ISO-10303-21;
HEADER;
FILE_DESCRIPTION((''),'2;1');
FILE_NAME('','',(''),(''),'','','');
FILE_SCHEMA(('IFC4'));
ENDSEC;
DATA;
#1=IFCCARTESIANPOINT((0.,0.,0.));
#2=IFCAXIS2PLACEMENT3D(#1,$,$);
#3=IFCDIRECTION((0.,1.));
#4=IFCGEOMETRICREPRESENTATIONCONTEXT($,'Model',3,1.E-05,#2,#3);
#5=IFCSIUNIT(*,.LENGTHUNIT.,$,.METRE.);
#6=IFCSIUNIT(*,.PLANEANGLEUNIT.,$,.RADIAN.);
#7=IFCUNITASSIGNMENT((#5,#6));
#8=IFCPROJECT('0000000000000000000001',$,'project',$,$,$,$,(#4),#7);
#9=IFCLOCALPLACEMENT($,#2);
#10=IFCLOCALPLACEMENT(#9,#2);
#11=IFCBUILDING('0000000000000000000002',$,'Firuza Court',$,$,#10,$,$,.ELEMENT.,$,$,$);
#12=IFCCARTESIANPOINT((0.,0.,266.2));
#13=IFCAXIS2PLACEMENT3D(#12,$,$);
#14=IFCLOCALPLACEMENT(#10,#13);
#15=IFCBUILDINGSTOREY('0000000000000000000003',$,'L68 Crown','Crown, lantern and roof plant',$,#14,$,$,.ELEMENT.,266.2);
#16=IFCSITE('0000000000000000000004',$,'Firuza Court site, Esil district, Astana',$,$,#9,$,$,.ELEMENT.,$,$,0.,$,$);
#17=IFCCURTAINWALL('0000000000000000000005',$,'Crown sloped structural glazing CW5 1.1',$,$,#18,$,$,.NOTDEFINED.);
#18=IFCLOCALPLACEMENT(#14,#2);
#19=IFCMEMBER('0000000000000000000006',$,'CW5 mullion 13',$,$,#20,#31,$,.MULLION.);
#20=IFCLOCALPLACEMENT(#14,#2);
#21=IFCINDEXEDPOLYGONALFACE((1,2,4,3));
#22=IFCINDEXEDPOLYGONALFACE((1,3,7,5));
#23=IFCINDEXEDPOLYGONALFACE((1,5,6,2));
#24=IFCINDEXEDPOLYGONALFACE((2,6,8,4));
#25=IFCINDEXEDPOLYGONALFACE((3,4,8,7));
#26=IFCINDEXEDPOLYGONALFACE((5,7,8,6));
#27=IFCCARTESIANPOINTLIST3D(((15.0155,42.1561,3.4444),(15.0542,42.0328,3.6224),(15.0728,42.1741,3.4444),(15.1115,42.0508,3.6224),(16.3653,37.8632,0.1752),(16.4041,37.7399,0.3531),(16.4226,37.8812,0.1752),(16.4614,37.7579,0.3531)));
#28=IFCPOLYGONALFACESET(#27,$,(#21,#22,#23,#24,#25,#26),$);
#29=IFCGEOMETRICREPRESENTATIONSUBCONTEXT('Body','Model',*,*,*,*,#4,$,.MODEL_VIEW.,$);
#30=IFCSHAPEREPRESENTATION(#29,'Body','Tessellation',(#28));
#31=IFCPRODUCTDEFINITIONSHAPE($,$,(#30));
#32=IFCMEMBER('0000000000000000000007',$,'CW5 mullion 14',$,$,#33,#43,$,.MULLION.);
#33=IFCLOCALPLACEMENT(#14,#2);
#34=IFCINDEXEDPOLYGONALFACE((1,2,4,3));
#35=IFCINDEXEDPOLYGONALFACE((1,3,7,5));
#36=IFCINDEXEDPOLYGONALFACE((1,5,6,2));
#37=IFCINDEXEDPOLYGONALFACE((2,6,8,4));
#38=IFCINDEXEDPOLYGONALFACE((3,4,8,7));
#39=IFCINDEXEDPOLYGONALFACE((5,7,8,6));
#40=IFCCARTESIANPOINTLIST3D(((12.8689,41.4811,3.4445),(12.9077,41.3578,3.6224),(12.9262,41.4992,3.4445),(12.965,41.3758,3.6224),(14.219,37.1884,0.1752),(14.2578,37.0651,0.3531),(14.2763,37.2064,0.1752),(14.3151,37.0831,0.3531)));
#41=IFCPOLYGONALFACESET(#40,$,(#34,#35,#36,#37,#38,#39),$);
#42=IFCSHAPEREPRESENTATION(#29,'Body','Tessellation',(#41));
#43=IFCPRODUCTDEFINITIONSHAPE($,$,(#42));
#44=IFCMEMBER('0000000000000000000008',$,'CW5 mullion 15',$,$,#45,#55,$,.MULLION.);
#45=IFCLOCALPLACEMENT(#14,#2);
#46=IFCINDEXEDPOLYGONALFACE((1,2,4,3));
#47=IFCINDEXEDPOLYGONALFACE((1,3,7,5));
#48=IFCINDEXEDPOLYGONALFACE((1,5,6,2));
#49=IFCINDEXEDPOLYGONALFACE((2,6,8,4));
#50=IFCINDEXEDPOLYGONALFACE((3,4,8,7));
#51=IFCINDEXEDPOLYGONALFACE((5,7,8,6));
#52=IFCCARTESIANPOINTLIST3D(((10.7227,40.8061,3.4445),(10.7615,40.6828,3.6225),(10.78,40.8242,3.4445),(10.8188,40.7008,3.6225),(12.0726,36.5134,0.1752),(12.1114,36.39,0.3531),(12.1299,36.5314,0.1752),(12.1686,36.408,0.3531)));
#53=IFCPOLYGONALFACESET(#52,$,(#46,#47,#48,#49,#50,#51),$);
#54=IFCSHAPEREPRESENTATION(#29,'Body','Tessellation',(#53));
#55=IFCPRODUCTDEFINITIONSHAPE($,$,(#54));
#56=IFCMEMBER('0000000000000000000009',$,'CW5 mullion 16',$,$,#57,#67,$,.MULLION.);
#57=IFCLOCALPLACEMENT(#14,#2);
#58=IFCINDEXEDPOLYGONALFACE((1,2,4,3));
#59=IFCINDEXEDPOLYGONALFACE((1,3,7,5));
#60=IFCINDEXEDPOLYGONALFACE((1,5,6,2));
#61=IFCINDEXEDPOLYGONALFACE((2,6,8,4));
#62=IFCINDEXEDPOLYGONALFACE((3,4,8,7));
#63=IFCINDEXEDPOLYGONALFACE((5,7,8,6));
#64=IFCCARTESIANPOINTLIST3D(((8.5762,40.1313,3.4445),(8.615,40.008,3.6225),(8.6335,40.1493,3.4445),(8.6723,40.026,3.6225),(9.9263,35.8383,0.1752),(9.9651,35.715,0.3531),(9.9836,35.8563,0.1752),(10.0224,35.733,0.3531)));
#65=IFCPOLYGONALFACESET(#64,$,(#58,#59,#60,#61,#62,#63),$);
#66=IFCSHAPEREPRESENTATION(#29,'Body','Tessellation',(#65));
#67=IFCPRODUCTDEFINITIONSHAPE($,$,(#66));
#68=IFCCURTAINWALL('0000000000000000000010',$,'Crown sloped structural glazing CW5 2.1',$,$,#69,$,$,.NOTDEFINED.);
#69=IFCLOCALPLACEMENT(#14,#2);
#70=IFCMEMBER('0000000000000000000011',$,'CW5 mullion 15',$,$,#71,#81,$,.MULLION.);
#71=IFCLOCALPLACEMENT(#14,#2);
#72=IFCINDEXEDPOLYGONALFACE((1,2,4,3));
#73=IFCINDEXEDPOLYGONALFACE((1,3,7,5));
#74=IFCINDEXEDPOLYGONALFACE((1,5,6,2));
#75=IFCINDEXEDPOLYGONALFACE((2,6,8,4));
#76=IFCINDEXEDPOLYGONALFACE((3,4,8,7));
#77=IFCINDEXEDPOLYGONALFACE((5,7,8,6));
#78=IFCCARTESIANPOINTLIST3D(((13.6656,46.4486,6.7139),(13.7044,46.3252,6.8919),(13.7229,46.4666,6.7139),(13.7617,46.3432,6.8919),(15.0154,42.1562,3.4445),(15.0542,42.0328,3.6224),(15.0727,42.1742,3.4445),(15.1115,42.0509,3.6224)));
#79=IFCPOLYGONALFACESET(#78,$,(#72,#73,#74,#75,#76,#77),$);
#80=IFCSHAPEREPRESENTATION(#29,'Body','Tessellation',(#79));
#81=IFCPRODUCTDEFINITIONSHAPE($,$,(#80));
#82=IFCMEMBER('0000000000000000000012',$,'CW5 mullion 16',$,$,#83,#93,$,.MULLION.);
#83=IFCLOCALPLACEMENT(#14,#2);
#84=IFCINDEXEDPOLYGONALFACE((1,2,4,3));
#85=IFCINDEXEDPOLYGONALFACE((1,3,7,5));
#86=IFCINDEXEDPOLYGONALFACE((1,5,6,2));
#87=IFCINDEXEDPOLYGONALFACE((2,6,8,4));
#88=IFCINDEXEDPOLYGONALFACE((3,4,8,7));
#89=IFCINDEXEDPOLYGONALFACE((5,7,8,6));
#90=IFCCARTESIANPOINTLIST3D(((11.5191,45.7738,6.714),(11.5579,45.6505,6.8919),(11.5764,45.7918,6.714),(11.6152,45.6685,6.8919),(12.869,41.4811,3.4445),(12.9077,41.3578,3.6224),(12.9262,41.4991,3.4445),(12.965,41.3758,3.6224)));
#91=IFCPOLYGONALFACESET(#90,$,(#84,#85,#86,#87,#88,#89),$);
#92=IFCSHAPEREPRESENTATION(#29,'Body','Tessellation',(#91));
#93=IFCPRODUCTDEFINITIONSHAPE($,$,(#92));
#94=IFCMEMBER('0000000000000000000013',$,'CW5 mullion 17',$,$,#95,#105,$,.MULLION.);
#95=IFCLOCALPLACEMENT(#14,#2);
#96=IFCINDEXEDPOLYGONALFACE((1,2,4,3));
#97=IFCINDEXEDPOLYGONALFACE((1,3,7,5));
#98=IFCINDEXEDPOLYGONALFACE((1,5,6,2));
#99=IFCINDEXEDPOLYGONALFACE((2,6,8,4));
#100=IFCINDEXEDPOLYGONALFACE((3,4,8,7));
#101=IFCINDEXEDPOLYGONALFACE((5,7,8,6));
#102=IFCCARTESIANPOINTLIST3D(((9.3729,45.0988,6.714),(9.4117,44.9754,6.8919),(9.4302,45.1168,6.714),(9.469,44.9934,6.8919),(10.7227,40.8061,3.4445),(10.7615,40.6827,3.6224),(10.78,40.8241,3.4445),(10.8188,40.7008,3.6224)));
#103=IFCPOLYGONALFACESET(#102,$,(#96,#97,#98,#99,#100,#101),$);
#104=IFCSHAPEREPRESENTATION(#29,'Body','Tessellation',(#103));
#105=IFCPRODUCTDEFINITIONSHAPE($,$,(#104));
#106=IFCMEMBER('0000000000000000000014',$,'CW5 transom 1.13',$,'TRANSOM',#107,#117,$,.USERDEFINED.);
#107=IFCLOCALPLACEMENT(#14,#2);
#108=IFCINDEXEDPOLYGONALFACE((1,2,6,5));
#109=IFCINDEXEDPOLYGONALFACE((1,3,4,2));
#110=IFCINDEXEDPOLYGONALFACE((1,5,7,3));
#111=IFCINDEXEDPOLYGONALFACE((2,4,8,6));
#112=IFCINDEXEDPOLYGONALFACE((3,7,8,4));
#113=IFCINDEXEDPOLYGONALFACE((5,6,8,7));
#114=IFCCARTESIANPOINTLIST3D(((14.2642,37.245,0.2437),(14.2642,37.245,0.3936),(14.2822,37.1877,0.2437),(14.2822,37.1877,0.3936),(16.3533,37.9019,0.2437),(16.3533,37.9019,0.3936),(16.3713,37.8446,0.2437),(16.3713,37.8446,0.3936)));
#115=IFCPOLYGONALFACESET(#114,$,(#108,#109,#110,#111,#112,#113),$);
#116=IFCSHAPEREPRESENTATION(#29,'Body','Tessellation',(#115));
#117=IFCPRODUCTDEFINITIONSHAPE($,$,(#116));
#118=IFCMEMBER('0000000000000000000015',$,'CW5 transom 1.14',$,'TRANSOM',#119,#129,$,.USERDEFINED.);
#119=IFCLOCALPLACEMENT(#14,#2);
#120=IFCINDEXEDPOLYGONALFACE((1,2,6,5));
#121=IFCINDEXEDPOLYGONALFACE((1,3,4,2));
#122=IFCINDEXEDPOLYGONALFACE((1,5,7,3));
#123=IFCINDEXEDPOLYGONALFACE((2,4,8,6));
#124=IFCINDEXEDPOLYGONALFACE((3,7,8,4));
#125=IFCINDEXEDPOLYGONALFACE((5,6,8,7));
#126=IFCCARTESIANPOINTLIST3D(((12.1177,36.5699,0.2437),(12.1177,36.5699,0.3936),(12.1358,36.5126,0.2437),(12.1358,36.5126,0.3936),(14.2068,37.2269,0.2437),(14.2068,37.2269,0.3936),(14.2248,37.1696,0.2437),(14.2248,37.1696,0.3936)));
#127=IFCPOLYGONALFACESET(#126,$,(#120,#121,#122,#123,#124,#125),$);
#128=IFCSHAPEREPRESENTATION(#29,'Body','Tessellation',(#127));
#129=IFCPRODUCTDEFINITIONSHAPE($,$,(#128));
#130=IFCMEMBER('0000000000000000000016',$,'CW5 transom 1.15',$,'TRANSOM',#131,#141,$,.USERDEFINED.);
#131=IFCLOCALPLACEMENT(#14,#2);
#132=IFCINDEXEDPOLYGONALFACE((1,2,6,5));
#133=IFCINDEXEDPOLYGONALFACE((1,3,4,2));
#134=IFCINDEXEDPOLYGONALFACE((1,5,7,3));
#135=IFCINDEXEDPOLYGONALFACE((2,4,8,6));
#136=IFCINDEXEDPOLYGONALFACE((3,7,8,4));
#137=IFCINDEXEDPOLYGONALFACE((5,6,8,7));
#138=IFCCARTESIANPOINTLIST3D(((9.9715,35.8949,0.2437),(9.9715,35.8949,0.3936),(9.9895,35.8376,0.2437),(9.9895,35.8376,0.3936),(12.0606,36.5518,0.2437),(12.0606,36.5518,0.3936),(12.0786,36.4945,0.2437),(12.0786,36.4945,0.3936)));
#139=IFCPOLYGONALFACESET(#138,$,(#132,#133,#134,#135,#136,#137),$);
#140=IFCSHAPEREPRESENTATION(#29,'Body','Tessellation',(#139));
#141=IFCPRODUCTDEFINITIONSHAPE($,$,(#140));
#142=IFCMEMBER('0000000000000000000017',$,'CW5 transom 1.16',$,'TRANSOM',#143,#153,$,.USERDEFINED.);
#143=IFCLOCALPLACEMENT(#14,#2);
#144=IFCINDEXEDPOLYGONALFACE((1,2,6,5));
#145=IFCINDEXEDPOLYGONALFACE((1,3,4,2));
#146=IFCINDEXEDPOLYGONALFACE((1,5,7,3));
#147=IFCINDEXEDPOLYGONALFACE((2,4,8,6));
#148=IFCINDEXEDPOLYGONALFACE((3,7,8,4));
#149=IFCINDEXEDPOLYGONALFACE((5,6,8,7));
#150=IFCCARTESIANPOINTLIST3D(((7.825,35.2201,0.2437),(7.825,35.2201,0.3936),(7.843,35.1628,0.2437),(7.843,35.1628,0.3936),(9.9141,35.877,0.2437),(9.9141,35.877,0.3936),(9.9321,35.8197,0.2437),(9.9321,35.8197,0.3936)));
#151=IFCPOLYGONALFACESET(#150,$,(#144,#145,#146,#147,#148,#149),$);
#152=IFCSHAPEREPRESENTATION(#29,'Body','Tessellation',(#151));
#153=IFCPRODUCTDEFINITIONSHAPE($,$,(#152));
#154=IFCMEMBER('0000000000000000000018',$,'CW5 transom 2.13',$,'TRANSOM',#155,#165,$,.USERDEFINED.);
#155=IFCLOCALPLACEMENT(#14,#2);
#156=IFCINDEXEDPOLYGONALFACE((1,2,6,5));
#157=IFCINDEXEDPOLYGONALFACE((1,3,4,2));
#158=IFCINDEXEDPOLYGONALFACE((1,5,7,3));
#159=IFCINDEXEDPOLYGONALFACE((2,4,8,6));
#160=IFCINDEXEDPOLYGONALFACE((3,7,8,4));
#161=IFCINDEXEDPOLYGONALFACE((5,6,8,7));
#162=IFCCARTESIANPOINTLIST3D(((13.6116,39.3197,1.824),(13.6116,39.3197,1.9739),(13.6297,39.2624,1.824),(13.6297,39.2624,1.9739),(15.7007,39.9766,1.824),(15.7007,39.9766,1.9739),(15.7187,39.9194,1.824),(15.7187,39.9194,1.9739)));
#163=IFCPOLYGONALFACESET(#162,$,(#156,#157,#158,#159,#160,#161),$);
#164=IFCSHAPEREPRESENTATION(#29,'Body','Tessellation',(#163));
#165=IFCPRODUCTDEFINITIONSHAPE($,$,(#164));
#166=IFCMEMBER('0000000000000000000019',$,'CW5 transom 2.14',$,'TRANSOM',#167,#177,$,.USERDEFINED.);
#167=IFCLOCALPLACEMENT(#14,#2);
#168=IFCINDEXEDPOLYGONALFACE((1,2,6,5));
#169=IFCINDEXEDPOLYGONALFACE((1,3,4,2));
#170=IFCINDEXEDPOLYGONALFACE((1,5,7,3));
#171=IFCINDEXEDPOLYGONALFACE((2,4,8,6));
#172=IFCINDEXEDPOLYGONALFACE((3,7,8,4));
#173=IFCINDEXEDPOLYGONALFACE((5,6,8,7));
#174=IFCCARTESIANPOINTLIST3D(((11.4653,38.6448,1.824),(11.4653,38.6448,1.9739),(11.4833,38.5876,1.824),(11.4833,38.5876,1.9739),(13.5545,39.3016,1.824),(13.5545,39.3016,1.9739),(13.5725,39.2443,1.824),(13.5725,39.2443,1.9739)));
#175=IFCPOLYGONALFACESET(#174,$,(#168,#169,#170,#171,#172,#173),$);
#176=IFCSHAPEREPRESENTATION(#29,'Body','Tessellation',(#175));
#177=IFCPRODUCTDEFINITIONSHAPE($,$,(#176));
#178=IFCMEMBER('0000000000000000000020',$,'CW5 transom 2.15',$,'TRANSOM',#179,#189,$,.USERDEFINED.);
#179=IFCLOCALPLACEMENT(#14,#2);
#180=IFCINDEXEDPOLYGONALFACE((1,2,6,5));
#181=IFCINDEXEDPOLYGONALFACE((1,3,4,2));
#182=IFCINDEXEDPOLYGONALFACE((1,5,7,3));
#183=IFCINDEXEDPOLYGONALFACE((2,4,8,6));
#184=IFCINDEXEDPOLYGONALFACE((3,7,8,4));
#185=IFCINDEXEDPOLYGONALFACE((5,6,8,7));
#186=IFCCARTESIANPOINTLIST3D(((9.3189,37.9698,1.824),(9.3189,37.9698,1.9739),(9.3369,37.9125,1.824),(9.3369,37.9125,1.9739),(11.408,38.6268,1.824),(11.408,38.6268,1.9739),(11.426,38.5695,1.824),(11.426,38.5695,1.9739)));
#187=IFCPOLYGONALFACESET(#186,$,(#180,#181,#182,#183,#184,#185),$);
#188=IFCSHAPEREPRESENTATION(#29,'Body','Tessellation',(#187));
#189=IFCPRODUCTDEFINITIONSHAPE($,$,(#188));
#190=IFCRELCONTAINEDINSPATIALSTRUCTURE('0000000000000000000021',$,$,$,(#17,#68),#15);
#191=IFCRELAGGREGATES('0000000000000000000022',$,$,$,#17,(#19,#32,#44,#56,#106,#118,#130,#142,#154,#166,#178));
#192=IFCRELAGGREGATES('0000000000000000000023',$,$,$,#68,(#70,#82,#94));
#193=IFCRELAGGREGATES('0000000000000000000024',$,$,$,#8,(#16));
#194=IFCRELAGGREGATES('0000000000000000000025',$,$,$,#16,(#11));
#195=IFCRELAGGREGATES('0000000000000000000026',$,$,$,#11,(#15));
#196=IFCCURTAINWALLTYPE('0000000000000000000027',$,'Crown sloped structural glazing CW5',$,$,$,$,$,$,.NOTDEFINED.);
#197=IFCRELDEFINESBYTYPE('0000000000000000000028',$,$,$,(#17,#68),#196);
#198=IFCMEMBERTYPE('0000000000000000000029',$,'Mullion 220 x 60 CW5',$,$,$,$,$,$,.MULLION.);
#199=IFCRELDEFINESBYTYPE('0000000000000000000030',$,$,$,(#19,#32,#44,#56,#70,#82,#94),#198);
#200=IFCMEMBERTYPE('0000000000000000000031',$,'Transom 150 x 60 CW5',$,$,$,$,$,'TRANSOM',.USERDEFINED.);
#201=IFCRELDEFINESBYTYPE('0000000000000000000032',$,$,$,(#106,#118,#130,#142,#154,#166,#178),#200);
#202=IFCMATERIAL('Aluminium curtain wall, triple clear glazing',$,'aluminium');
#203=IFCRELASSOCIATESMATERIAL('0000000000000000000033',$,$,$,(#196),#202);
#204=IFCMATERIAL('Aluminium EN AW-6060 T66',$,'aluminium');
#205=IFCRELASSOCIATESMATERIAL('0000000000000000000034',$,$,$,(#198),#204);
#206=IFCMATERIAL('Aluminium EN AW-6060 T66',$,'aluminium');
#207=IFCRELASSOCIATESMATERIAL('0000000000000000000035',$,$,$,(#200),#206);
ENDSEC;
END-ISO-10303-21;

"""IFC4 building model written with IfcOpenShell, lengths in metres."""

from ifc_helpers import new_model, si_unit, direction, frame, origin, origin_2d, place, context, subcontext, project, spatial, rectangle, extrude, material, material_profile, profile_set, type_object, element, aggregate, save


model = new_model("IFC4")

# Units and contexts
model_context = context("Model", 3, precision=1e-05, world=origin(), true_north=direction((0.0, 1.0)))
body_context = subcontext(model_context, "Body", "Model", "MODEL_VIEW")
ifc_project = project(units=[si_unit("LENGTHUNIT", "METRE"), si_unit("PLANEANGLEUNIT", "RADIAN")], contexts=[model_context])

# Site, building, storey
site_placement = place(None, origin())
site = spatial("IfcSite", under=ifc_project, at=site_placement, Name="Firuza Court site, Esil district, Astana", CompositionType="ELEMENT", RefElevation=0.0)
building_placement = place(site_placement, origin())
building = spatial("IfcBuilding", under=site, at=building_placement, Name="Firuza Court", CompositionType="ELEMENT")
storey_placement = place(building_placement, frame((0.0, 0.0, 266.2)))
storey = spatial("IfcBuildingStorey", under=building, at=storey_placement, Name="L68 Crown", Description="Crown, lantern and roof plant", CompositionType="ELEMENT", Elevation=266.2)

# Curtain walls, members
ifc_material_1 = material(Name="Aluminium curtain wall, triple clear glazing", Category="aluminium")
curtain_wall_type = type_object("IfcCurtainWallType", Name="Crown sloped structural glazing CW5", PredefinedType="NOTDEFINED", material=ifc_material_1)
curtain_wall_1_placement = place(storey_placement, origin())
curtain_wall_1 = element("IfcCurtainWall", 1, at=curtain_wall_1_placement, inside=storey, type_object=curtain_wall_type, Name="Crown sloped structural glazing CW5 1.1", PredefinedType="NOTDEFINED")
ifc_material_2 = material(Name="Aluminium EN AW-6060 T66", Category="aluminium")
ifc_material_profile_1 = material_profile(ifc_material_2, rectangle(XDim=0.0601, YDim=0.22, at=origin_2d()), Name="Mullion 220 x 60 CW5")
ifc_profile_set_1 = profile_set([ifc_material_profile_1], Name="Aluminium EN AW-6060 T66")
member_type_1 = type_object("IfcMemberType", Name="Mullion 220 x 60 CW5", PredefinedType="MULLION", material=ifc_profile_set_1)
member_1_placement = place(storey_placement, frame((16.4133, 37.8105, 0.2642), z_axis=(-0.242676, 0.771788, 0.587751), x_axis=(-0.953953, -0.299955, 0.0)))
member_1 = element("IfcMember", 2, at=member_1_placement, type_object=member_type_1, Name="CW5 mullion 13", PredefinedType="MULLION", context=body_context, shape_type="SweptSolid", body=[
    extrude(rectangle(XDim=0.0601, YDim=0.22, at=origin_2d()), origin(), (0.0, 0.0, 1.0), 5.5623),
])
member_2_placement = place(storey_placement, frame((14.2671, 37.1357, 0.2642), z_axis=(-0.242726, 0.771762, 0.587765), x_axis=(-0.953933, -0.30002, 0.0)))
member_2 = element("IfcMember", 3, at=member_2_placement, type_object=member_type_1, Name="CW5 mullion 14", PredefinedType="MULLION", context=body_context, shape_type="SweptSolid", body=[
    extrude(rectangle(XDim=0.0601, YDim=0.22, at=origin_2d()), origin(), (0.0, 0.0, 1.0), 5.5623),
])
member_3_placement = place(storey_placement, frame((12.1206, 36.4607, 0.2642), z_axis=(-0.242684, 0.77177, 0.587771), x_axis=(-0.953948, -0.29997, 0.0)))
member_3 = element("IfcMember", 4, at=member_3_placement, type_object=member_type_1, Name="CW5 mullion 15", PredefinedType="MULLION", context=body_context, shape_type="SweptSolid", body=[
    extrude(rectangle(XDim=0.0601, YDim=0.22, at=origin_2d()), origin(), (0.0, 0.0, 1.0), 5.5623),
])
member_4_placement = place(storey_placement, frame((9.9744, 35.7856, 0.2642), z_axis=(-0.242717, 0.77178, 0.587745), x_axis=(-0.953938, -0.300004, 0.0)))
member_4 = element("IfcMember", 5, at=member_4_placement, type_object=member_type_1, Name="CW5 mullion 16", PredefinedType="MULLION", context=body_context, shape_type="SweptSolid", body=[
    extrude(rectangle(XDim=0.0601, YDim=0.22, at=origin_2d()), origin(), (0.0, 0.0, 1.0), 5.5625),
])
curtain_wall_2_placement = place(storey_placement, origin())
curtain_wall_2 = element("IfcCurtainWall", 6, at=curtain_wall_2_placement, inside=storey, type_object=curtain_wall_type, Name="Crown sloped structural glazing CW5 2.1", PredefinedType="NOTDEFINED")
member_5_placement = place(storey_placement, frame((15.0635, 42.1035, 3.5334), z_axis=(-0.242686, 0.771733, 0.58782), x_axis=(-0.953944, -0.299986, 0.0)))
member_5 = element("IfcMember", 7, at=member_5_placement, type_object=member_type_1, Name="CW5 mullion 15", PredefinedType="MULLION", context=body_context, shape_type="SweptSolid", body=[
    extrude(rectangle(XDim=0.0601, YDim=0.22, at=origin_2d()), origin(), (0.0, 0.0, 1.0), 5.562),
])
member_6_placement = place(storey_placement, frame((12.917, 41.4285, 3.5334), z_axis=(-0.242678, 0.77175, 0.5878), x_axis=(-0.953948, -0.29997, 0.0)))
member_6 = element("IfcMember", 8, at=member_6_placement, type_object=member_type_1, Name="CW5 mullion 16", PredefinedType="MULLION", context=body_context, shape_type="SweptSolid", body=[
    extrude(rectangle(XDim=0.0601, YDim=0.22, at=origin_2d()), origin(), (0.0, 0.0, 1.0), 5.5623),
])
member_7_placement = place(storey_placement, frame((10.7708, 40.7534, 3.5334), z_axis=(-0.242678, 0.77175, 0.5878), x_axis=(-0.953948, -0.29997, 0.0)))
member_7 = element("IfcMember", 9, at=member_7_placement, type_object=member_type_1, Name="CW5 mullion 17", PredefinedType="MULLION", context=body_context, shape_type="SweptSolid", body=[
    extrude(rectangle(XDim=0.0601, YDim=0.22, at=origin_2d()), origin(), (0.0, 0.0, 1.0), 5.5623),
])

# Members
ifc_material_3 = material(Name="Aluminium EN AW-6060 T66", Category="aluminium")
ifc_material_profile_2 = material_profile(ifc_material_3, rectangle(XDim=0.0601, YDim=0.1499, at=origin_2d()), Name="Transom 150 x 60 CW5")
ifc_profile_set_2 = profile_set([ifc_material_profile_2], Name="Aluminium EN AW-6060 T66")
member_type_2 = type_object("IfcMemberType", Name="Transom 150 x 60 CW5", ElementType="TRANSOM", PredefinedType="USERDEFINED", material=ifc_profile_set_2)
member_8_placement = place(storey_placement, frame((16.3623, 37.8733, 0.3186), z_axis=(-0.953941, -0.299995, 0.0), x_axis=(0.299995, -0.953941, 0.0)))
member_8 = element("IfcMember", 10, at=member_8_placement, type_object=member_type_2, Name="CW5 transom 1.13", ObjectType="TRANSOM", PredefinedType="USERDEFINED", context=body_context, shape_type="SweptSolid", body=[
    extrude(rectangle(XDim=0.0601, YDim=0.1499, at=origin_2d()), origin(), (0.0, 0.0, 1.0), 2.1899),
])
member_9_placement = place(storey_placement, frame((14.2158, 37.1982, 0.3186), z_axis=(-0.953941, -0.299995, 0.0), x_axis=(0.299995, -0.953941, 0.0)))
member_9 = element("IfcMember", 11, at=member_9_placement, type_object=member_type_2, Name="CW5 transom 1.14", ObjectType="TRANSOM", PredefinedType="USERDEFINED", context=body_context, shape_type="SweptSolid", body=[
    extrude(rectangle(XDim=0.0601, YDim=0.1499, at=origin_2d()), origin(), (0.0, 0.0, 1.0), 2.1899),
])
member_10_placement = place(storey_placement, frame((12.0696, 36.5232, 0.3186), z_axis=(-0.953941, -0.299995, 0.0), x_axis=(0.299995, -0.953941, 0.0)))
member_10 = element("IfcMember", 12, at=member_10_placement, type_object=member_type_2, Name="CW5 transom 1.15", ObjectType="TRANSOM", PredefinedType="USERDEFINED", context=body_context, shape_type="SweptSolid", body=[
    extrude(rectangle(XDim=0.0601, YDim=0.1499, at=origin_2d()), origin(), (0.0, 0.0, 1.0), 2.1899),
])
member_11_placement = place(storey_placement, frame((9.9231, 35.8484, 0.3186), z_axis=(-0.953941, -0.299995, 0.0), x_axis=(0.299995, -0.953941, 0.0)))
member_11 = element("IfcMember", 13, at=member_11_placement, type_object=member_type_2, Name="CW5 transom 1.16", ObjectType="TRANSOM", PredefinedType="USERDEFINED", context=body_context, shape_type="SweptSolid", body=[
    extrude(rectangle(XDim=0.0601, YDim=0.1499, at=origin_2d()), origin(), (0.0, 0.0, 1.0), 2.1899),
])
member_12_placement = place(storey_placement, frame((15.7097, 39.948, 1.8989), z_axis=(-0.953941, -0.299995, 0.0), x_axis=(0.299995, -0.953941, 0.0)))
member_12 = element("IfcMember", 14, at=member_12_placement, type_object=member_type_2, Name="CW5 transom 2.13", ObjectType="TRANSOM", PredefinedType="USERDEFINED", context=body_context, shape_type="SweptSolid", body=[
    extrude(rectangle(XDim=0.0601, YDim=0.1499, at=origin_2d()), origin(), (0.0, 0.0, 1.0), 2.1899),
])
member_13_placement = place(storey_placement, frame((13.5635, 39.2729, 1.8989), z_axis=(-0.953973, -0.299893, 0.0), x_axis=(0.299893, -0.953973, 0.0)))
member_13 = element("IfcMember", 15, at=member_13_placement, type_object=member_type_2, Name="CW5 transom 2.14", ObjectType="TRANSOM", PredefinedType="USERDEFINED", context=body_context, shape_type="SweptSolid", body=[
    extrude(rectangle(XDim=0.0601, YDim=0.1499, at=origin_2d()), origin(), (0.0, 0.0, 1.0), 2.1899),
])
member_14_placement = place(storey_placement, frame((11.417, 38.5981, 1.8989), z_axis=(-0.953941, -0.299995, 0.0), x_axis=(0.299995, -0.953941, 0.0)))
member_14 = element("IfcMember", 16, at=member_14_placement, type_object=member_type_2, Name="CW5 transom 2.15", ObjectType="TRANSOM", PredefinedType="USERDEFINED", context=body_context, shape_type="SweptSolid", body=[
    extrude(rectangle(XDim=0.0601, YDim=0.1499, at=origin_2d()), origin(), (0.0, 0.0, 1.0), 2.1899),
])

aggregate(curtain_wall_1, [member_1, member_2, member_3, member_4, member_8, member_9, member_10, member_11, member_12, member_13, member_14])
aggregate(curtain_wall_2, [member_5, member_6, member_7])

save(model, "model.ifc")
